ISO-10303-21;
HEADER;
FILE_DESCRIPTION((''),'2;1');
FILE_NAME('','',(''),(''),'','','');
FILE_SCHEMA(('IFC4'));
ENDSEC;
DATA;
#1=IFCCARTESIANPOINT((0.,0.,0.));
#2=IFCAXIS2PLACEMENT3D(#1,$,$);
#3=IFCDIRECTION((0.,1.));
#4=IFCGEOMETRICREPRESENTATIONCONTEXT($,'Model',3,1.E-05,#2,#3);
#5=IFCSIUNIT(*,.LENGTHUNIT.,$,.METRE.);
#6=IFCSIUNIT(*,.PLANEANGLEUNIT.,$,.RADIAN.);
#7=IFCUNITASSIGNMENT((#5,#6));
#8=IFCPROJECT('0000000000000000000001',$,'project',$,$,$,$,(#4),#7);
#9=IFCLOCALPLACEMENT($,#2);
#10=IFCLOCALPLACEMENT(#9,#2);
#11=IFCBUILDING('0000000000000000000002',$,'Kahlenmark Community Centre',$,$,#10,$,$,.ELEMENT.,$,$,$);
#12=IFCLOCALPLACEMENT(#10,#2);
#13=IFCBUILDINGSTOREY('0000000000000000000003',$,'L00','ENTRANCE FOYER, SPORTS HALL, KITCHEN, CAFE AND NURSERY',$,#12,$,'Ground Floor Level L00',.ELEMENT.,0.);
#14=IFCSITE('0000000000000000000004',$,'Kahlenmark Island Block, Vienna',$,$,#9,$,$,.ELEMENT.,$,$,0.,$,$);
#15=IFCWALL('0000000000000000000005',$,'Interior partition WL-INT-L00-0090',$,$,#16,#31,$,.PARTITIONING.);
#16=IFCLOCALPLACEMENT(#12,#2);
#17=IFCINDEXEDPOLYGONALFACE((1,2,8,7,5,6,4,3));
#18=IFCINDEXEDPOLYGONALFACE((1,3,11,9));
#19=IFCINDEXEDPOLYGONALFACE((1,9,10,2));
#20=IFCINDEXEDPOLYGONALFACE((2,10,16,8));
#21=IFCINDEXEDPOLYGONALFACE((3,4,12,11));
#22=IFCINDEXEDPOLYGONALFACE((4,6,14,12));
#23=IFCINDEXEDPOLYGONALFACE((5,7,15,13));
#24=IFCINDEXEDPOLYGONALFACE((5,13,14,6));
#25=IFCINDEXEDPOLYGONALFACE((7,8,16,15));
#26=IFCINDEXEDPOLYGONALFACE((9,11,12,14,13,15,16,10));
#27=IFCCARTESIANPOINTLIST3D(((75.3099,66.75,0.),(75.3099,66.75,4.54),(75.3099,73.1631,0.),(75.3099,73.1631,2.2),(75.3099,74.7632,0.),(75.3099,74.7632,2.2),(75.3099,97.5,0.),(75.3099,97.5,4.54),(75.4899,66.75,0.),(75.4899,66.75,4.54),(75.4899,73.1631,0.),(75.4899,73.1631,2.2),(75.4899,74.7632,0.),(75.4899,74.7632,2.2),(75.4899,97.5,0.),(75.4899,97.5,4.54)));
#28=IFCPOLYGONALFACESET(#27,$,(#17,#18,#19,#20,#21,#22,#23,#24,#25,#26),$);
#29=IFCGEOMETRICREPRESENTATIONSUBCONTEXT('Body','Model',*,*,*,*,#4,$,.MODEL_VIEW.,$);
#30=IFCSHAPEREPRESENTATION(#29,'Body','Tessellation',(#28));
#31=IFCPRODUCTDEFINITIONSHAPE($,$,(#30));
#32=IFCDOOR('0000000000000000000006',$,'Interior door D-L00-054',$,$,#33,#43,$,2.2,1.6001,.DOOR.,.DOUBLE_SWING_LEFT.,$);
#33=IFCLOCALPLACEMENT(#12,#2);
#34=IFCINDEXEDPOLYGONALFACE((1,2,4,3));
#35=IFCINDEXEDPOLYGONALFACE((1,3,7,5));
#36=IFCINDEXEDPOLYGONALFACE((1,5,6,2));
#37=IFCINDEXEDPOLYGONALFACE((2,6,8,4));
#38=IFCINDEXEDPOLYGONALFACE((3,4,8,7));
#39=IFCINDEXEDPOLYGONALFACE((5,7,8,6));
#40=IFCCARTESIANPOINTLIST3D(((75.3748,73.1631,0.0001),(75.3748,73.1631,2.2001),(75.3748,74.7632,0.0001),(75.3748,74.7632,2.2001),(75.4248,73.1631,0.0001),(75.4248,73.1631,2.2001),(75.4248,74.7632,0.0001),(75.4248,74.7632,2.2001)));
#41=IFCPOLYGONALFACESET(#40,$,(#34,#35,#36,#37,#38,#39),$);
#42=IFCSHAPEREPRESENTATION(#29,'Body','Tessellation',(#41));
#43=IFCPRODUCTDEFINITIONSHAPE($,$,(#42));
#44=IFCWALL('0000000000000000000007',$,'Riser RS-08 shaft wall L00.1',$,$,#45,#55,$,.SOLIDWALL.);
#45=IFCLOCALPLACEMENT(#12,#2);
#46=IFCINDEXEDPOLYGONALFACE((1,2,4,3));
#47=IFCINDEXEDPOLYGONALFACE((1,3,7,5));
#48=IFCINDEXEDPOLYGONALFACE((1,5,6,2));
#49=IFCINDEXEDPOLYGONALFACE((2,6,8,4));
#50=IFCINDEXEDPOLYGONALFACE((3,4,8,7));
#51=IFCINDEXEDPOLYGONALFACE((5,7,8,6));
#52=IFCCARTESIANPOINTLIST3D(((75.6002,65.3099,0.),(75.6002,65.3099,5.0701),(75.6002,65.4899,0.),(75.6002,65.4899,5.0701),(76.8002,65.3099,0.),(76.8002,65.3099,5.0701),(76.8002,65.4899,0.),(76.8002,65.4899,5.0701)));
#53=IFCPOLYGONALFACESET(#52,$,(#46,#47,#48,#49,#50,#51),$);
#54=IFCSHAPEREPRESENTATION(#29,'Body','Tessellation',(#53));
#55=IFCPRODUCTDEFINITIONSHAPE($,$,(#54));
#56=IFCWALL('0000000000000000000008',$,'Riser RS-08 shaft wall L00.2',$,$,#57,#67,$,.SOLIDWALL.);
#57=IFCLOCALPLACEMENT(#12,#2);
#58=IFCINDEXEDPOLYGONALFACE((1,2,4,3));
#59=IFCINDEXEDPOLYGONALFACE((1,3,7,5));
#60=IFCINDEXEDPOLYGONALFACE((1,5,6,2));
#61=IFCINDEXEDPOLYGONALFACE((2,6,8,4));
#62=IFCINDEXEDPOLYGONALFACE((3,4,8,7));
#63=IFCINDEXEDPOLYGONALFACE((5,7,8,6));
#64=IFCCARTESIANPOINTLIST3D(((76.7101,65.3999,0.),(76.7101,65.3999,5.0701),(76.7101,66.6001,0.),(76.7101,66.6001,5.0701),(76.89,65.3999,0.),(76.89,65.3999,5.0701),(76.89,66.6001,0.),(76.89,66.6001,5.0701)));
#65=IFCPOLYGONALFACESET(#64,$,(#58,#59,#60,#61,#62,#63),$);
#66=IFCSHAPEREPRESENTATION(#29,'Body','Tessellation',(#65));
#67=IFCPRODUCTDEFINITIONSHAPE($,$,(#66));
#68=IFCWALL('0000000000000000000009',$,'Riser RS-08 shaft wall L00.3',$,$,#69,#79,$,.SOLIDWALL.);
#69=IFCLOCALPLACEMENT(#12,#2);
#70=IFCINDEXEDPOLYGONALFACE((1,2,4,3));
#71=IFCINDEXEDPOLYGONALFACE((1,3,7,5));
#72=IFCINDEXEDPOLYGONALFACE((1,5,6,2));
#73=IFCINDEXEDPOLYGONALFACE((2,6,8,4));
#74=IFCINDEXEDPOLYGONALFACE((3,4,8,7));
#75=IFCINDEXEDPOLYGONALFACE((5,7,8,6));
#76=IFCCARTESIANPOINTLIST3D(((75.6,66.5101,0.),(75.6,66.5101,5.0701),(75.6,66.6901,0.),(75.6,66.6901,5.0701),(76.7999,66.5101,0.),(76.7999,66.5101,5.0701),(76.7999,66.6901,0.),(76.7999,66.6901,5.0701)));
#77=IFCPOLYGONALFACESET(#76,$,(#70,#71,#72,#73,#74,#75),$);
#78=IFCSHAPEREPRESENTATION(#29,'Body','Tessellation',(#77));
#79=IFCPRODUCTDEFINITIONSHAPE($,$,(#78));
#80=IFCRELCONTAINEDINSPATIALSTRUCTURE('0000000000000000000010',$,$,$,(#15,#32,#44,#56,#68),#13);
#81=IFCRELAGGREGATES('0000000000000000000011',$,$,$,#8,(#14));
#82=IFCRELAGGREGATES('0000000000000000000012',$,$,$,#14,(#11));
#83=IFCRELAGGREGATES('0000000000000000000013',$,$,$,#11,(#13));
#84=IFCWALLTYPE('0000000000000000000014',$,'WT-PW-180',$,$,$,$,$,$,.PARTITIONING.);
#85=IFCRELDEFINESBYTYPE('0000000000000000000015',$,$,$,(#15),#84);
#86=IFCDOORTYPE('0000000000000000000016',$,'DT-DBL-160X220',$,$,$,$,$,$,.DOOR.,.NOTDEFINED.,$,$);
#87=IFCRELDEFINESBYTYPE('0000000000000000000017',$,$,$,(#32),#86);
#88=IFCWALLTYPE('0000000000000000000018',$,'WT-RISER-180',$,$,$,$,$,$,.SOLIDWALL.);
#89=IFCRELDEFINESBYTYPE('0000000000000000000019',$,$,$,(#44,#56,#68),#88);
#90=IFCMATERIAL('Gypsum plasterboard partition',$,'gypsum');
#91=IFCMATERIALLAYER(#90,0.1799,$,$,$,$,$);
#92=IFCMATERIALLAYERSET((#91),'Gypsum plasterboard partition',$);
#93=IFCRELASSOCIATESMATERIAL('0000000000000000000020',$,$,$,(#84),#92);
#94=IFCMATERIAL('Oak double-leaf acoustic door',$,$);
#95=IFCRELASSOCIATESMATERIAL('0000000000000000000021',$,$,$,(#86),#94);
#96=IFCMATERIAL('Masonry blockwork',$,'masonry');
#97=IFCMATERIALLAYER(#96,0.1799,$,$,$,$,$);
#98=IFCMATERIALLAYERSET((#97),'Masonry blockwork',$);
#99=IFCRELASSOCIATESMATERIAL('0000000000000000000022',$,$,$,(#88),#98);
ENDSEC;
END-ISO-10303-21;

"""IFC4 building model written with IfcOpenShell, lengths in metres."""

from ifc_helpers import new_model, si_unit, direction, frame, frame_2d, origin, place, context, subcontext, project, spatial, rectangle, extrude, material, layer, layer_set, type_object, element, fill, save


model = new_model("IFC4")

# Units and contexts
model_context = context("Model", 3, precision=1e-05, world=origin(), true_north=direction((0.0, 1.0)))
body_context = subcontext(model_context, "Body", "Model", "MODEL_VIEW")
ifc_project = project(units=[si_unit("LENGTHUNIT", "METRE"), si_unit("PLANEANGLEUNIT", "RADIAN")], contexts=[model_context])

# Site, building, storey
site_placement = place(None, origin())
site = spatial("IfcSite", under=ifc_project, at=site_placement, Name="Kahlenmark Island Block, Vienna", CompositionType="ELEMENT", RefElevation=0.0)
building_placement = place(site_placement, origin())
building = spatial("IfcBuilding", under=site, at=building_placement, Name="Kahlenmark Community Centre", CompositionType="ELEMENT")
storey_placement = place(building_placement, origin())
storey = spatial("IfcBuildingStorey", under=building, at=storey_placement, Name="L00", Description="ENTRANCE FOYER, SPORTS HALL, KITCHEN, CAFE AND NURSERY", LongName="Ground Floor Level L00", CompositionType="ELEMENT", Elevation=0.0)

# Shared definitions
ifc_material_1 = material(Name="Gypsum plasterboard partition", Category="gypsum")
ifc_layer_1 = layer(ifc_material_1, 0.1799)
ifc_layer_set_1 = layer_set([ifc_layer_1], Name="Gypsum plasterboard partition")
wall_type_1 = type_object("IfcWallType", Name="WT-PW-180", PredefinedType="PARTITIONING", material=ifc_layer_set_1)

# Wall, opening, door
wall_1_placement = place(storey_placement, frame((75.3999, 66.75, 0.0), z_axis=(0.0, 0.0, 1.0), x_axis=(0.0, 1.0, 0.0)))
wall_1 = element("IfcWall", 1, at=wall_1_placement, inside=storey, type_object=wall_type_1, Name="Interior partition WL-INT-L00-0090", PredefinedType="PARTITIONING", context=body_context, shape_type="SweptSolid", body=[
    extrude(rectangle(XDim=30.75, YDim=0.1799, at=frame_2d((15.375, 0.0))), origin(), (0.0, 0.0, 1.0), 4.54),
])
opening_1_placement = place(wall_1_placement, frame((6.4131, 0.0, -0.01)))
opening_1 = element("IfcOpeningElement", 2, at=opening_1_placement, cuts=wall_1, PredefinedType="OPENING", context=body_context, shape_type="SweptSolid", body=[
    extrude(rectangle(XDim=1.6001, YDim=2.21, at=frame_2d((0.8, 1.105))), frame((0.0, 0.0999, 0.0), z_axis=(0.0, -1.0, 0.0), x_axis=(1.0, 0.0, 0.0)), (0.0, 0.0, 1.0), 0.2),
])
ifc_material_2 = material(Name="Oak double-leaf acoustic door")
door_type_1 = type_object("IfcDoorType", Name="DT-DBL-160X220", OperationType="NOTDEFINED", PredefinedType="DOOR", material=ifc_material_2)
door_1_placement = place(opening_1_placement, frame((1.6001, 0.0, 0.01), z_axis=(0.0, 0.0, 1.0), x_axis=(-1.0, 0.0, 0.0)))
door_1 = element("IfcDoor", 3, at=door_1_placement, inside=storey, type_object=door_type_1, Name="Interior door D-L00-054", OperationType="DOUBLE_SWING_LEFT", OverallHeight=2.2, OverallWidth=1.6001, PredefinedType="DOOR", context=body_context, shape_type="SweptSolid", body=[
    extrude(rectangle(XDim=1.6001, YDim=2.2, at=frame_2d((0.8, 1.1001))), frame((0.0, 0.0249, 0.0), z_axis=(0.0, -1.0, 0.0), x_axis=(1.0, 0.0, 0.0)), (0.0, 0.0, 1.0), 0.05),
])
fill(opening_1, door_1)

# Walls
ifc_material_3 = material(Name="Masonry blockwork", Category="masonry")
ifc_layer_2 = layer(ifc_material_3, 0.1799)
ifc_layer_set_2 = layer_set([ifc_layer_2], Name="Masonry blockwork")
wall_type_2 = type_object("IfcWallType", Name="WT-RISER-180", PredefinedType="SOLIDWALL", material=ifc_layer_set_2)
wall_2_placement = place(storey_placement, frame((75.6001, 65.3999, 0.0), z_axis=(0.0, 0.0, 1.0), x_axis=(1.0, 0.0, 0.0)))
element("IfcWall", 4, at=wall_2_placement, inside=storey, type_object=wall_type_2, Name="Riser RS-08 shaft wall L00.1", PredefinedType="SOLIDWALL", context=body_context, shape_type="SweptSolid", body=[
    extrude(rectangle(XDim=1.2, YDim=0.1799, at=frame_2d((0.6001, 0.0))), origin(), (0.0, 0.0, 1.0), 5.0701),
])
wall_3_placement = place(storey_placement, frame((76.8, 65.3999, 0.0), z_axis=(0.0, 0.0, 1.0), x_axis=(0.0, 1.0, 0.0)))
element("IfcWall", 5, at=wall_3_placement, inside=storey, type_object=wall_type_2, Name="Riser RS-08 shaft wall L00.2", PredefinedType="SOLIDWALL", context=body_context, shape_type="SweptSolid", body=[
    extrude(rectangle(XDim=1.2002, YDim=0.1799, at=frame_2d((0.6001, 0.0))), origin(), (0.0, 0.0, 1.0), 5.0701),
])
wall_4_placement = place(storey_placement, frame((76.8, 66.6001, 0.0), z_axis=(0.0, 0.0, 1.0), x_axis=(-1.0, 0.0, 0.0)))
element("IfcWall", 6, at=wall_4_placement, inside=storey, type_object=wall_type_2, Name="Riser RS-08 shaft wall L00.3", PredefinedType="SOLIDWALL", context=body_context, shape_type="SweptSolid", body=[
    extrude(rectangle(XDim=1.2, YDim=0.1799, at=frame_2d((0.6001, 0.0))), origin(), (0.0, 0.0, 1.0), 5.0701),
])

save(model, "model.ifc")
